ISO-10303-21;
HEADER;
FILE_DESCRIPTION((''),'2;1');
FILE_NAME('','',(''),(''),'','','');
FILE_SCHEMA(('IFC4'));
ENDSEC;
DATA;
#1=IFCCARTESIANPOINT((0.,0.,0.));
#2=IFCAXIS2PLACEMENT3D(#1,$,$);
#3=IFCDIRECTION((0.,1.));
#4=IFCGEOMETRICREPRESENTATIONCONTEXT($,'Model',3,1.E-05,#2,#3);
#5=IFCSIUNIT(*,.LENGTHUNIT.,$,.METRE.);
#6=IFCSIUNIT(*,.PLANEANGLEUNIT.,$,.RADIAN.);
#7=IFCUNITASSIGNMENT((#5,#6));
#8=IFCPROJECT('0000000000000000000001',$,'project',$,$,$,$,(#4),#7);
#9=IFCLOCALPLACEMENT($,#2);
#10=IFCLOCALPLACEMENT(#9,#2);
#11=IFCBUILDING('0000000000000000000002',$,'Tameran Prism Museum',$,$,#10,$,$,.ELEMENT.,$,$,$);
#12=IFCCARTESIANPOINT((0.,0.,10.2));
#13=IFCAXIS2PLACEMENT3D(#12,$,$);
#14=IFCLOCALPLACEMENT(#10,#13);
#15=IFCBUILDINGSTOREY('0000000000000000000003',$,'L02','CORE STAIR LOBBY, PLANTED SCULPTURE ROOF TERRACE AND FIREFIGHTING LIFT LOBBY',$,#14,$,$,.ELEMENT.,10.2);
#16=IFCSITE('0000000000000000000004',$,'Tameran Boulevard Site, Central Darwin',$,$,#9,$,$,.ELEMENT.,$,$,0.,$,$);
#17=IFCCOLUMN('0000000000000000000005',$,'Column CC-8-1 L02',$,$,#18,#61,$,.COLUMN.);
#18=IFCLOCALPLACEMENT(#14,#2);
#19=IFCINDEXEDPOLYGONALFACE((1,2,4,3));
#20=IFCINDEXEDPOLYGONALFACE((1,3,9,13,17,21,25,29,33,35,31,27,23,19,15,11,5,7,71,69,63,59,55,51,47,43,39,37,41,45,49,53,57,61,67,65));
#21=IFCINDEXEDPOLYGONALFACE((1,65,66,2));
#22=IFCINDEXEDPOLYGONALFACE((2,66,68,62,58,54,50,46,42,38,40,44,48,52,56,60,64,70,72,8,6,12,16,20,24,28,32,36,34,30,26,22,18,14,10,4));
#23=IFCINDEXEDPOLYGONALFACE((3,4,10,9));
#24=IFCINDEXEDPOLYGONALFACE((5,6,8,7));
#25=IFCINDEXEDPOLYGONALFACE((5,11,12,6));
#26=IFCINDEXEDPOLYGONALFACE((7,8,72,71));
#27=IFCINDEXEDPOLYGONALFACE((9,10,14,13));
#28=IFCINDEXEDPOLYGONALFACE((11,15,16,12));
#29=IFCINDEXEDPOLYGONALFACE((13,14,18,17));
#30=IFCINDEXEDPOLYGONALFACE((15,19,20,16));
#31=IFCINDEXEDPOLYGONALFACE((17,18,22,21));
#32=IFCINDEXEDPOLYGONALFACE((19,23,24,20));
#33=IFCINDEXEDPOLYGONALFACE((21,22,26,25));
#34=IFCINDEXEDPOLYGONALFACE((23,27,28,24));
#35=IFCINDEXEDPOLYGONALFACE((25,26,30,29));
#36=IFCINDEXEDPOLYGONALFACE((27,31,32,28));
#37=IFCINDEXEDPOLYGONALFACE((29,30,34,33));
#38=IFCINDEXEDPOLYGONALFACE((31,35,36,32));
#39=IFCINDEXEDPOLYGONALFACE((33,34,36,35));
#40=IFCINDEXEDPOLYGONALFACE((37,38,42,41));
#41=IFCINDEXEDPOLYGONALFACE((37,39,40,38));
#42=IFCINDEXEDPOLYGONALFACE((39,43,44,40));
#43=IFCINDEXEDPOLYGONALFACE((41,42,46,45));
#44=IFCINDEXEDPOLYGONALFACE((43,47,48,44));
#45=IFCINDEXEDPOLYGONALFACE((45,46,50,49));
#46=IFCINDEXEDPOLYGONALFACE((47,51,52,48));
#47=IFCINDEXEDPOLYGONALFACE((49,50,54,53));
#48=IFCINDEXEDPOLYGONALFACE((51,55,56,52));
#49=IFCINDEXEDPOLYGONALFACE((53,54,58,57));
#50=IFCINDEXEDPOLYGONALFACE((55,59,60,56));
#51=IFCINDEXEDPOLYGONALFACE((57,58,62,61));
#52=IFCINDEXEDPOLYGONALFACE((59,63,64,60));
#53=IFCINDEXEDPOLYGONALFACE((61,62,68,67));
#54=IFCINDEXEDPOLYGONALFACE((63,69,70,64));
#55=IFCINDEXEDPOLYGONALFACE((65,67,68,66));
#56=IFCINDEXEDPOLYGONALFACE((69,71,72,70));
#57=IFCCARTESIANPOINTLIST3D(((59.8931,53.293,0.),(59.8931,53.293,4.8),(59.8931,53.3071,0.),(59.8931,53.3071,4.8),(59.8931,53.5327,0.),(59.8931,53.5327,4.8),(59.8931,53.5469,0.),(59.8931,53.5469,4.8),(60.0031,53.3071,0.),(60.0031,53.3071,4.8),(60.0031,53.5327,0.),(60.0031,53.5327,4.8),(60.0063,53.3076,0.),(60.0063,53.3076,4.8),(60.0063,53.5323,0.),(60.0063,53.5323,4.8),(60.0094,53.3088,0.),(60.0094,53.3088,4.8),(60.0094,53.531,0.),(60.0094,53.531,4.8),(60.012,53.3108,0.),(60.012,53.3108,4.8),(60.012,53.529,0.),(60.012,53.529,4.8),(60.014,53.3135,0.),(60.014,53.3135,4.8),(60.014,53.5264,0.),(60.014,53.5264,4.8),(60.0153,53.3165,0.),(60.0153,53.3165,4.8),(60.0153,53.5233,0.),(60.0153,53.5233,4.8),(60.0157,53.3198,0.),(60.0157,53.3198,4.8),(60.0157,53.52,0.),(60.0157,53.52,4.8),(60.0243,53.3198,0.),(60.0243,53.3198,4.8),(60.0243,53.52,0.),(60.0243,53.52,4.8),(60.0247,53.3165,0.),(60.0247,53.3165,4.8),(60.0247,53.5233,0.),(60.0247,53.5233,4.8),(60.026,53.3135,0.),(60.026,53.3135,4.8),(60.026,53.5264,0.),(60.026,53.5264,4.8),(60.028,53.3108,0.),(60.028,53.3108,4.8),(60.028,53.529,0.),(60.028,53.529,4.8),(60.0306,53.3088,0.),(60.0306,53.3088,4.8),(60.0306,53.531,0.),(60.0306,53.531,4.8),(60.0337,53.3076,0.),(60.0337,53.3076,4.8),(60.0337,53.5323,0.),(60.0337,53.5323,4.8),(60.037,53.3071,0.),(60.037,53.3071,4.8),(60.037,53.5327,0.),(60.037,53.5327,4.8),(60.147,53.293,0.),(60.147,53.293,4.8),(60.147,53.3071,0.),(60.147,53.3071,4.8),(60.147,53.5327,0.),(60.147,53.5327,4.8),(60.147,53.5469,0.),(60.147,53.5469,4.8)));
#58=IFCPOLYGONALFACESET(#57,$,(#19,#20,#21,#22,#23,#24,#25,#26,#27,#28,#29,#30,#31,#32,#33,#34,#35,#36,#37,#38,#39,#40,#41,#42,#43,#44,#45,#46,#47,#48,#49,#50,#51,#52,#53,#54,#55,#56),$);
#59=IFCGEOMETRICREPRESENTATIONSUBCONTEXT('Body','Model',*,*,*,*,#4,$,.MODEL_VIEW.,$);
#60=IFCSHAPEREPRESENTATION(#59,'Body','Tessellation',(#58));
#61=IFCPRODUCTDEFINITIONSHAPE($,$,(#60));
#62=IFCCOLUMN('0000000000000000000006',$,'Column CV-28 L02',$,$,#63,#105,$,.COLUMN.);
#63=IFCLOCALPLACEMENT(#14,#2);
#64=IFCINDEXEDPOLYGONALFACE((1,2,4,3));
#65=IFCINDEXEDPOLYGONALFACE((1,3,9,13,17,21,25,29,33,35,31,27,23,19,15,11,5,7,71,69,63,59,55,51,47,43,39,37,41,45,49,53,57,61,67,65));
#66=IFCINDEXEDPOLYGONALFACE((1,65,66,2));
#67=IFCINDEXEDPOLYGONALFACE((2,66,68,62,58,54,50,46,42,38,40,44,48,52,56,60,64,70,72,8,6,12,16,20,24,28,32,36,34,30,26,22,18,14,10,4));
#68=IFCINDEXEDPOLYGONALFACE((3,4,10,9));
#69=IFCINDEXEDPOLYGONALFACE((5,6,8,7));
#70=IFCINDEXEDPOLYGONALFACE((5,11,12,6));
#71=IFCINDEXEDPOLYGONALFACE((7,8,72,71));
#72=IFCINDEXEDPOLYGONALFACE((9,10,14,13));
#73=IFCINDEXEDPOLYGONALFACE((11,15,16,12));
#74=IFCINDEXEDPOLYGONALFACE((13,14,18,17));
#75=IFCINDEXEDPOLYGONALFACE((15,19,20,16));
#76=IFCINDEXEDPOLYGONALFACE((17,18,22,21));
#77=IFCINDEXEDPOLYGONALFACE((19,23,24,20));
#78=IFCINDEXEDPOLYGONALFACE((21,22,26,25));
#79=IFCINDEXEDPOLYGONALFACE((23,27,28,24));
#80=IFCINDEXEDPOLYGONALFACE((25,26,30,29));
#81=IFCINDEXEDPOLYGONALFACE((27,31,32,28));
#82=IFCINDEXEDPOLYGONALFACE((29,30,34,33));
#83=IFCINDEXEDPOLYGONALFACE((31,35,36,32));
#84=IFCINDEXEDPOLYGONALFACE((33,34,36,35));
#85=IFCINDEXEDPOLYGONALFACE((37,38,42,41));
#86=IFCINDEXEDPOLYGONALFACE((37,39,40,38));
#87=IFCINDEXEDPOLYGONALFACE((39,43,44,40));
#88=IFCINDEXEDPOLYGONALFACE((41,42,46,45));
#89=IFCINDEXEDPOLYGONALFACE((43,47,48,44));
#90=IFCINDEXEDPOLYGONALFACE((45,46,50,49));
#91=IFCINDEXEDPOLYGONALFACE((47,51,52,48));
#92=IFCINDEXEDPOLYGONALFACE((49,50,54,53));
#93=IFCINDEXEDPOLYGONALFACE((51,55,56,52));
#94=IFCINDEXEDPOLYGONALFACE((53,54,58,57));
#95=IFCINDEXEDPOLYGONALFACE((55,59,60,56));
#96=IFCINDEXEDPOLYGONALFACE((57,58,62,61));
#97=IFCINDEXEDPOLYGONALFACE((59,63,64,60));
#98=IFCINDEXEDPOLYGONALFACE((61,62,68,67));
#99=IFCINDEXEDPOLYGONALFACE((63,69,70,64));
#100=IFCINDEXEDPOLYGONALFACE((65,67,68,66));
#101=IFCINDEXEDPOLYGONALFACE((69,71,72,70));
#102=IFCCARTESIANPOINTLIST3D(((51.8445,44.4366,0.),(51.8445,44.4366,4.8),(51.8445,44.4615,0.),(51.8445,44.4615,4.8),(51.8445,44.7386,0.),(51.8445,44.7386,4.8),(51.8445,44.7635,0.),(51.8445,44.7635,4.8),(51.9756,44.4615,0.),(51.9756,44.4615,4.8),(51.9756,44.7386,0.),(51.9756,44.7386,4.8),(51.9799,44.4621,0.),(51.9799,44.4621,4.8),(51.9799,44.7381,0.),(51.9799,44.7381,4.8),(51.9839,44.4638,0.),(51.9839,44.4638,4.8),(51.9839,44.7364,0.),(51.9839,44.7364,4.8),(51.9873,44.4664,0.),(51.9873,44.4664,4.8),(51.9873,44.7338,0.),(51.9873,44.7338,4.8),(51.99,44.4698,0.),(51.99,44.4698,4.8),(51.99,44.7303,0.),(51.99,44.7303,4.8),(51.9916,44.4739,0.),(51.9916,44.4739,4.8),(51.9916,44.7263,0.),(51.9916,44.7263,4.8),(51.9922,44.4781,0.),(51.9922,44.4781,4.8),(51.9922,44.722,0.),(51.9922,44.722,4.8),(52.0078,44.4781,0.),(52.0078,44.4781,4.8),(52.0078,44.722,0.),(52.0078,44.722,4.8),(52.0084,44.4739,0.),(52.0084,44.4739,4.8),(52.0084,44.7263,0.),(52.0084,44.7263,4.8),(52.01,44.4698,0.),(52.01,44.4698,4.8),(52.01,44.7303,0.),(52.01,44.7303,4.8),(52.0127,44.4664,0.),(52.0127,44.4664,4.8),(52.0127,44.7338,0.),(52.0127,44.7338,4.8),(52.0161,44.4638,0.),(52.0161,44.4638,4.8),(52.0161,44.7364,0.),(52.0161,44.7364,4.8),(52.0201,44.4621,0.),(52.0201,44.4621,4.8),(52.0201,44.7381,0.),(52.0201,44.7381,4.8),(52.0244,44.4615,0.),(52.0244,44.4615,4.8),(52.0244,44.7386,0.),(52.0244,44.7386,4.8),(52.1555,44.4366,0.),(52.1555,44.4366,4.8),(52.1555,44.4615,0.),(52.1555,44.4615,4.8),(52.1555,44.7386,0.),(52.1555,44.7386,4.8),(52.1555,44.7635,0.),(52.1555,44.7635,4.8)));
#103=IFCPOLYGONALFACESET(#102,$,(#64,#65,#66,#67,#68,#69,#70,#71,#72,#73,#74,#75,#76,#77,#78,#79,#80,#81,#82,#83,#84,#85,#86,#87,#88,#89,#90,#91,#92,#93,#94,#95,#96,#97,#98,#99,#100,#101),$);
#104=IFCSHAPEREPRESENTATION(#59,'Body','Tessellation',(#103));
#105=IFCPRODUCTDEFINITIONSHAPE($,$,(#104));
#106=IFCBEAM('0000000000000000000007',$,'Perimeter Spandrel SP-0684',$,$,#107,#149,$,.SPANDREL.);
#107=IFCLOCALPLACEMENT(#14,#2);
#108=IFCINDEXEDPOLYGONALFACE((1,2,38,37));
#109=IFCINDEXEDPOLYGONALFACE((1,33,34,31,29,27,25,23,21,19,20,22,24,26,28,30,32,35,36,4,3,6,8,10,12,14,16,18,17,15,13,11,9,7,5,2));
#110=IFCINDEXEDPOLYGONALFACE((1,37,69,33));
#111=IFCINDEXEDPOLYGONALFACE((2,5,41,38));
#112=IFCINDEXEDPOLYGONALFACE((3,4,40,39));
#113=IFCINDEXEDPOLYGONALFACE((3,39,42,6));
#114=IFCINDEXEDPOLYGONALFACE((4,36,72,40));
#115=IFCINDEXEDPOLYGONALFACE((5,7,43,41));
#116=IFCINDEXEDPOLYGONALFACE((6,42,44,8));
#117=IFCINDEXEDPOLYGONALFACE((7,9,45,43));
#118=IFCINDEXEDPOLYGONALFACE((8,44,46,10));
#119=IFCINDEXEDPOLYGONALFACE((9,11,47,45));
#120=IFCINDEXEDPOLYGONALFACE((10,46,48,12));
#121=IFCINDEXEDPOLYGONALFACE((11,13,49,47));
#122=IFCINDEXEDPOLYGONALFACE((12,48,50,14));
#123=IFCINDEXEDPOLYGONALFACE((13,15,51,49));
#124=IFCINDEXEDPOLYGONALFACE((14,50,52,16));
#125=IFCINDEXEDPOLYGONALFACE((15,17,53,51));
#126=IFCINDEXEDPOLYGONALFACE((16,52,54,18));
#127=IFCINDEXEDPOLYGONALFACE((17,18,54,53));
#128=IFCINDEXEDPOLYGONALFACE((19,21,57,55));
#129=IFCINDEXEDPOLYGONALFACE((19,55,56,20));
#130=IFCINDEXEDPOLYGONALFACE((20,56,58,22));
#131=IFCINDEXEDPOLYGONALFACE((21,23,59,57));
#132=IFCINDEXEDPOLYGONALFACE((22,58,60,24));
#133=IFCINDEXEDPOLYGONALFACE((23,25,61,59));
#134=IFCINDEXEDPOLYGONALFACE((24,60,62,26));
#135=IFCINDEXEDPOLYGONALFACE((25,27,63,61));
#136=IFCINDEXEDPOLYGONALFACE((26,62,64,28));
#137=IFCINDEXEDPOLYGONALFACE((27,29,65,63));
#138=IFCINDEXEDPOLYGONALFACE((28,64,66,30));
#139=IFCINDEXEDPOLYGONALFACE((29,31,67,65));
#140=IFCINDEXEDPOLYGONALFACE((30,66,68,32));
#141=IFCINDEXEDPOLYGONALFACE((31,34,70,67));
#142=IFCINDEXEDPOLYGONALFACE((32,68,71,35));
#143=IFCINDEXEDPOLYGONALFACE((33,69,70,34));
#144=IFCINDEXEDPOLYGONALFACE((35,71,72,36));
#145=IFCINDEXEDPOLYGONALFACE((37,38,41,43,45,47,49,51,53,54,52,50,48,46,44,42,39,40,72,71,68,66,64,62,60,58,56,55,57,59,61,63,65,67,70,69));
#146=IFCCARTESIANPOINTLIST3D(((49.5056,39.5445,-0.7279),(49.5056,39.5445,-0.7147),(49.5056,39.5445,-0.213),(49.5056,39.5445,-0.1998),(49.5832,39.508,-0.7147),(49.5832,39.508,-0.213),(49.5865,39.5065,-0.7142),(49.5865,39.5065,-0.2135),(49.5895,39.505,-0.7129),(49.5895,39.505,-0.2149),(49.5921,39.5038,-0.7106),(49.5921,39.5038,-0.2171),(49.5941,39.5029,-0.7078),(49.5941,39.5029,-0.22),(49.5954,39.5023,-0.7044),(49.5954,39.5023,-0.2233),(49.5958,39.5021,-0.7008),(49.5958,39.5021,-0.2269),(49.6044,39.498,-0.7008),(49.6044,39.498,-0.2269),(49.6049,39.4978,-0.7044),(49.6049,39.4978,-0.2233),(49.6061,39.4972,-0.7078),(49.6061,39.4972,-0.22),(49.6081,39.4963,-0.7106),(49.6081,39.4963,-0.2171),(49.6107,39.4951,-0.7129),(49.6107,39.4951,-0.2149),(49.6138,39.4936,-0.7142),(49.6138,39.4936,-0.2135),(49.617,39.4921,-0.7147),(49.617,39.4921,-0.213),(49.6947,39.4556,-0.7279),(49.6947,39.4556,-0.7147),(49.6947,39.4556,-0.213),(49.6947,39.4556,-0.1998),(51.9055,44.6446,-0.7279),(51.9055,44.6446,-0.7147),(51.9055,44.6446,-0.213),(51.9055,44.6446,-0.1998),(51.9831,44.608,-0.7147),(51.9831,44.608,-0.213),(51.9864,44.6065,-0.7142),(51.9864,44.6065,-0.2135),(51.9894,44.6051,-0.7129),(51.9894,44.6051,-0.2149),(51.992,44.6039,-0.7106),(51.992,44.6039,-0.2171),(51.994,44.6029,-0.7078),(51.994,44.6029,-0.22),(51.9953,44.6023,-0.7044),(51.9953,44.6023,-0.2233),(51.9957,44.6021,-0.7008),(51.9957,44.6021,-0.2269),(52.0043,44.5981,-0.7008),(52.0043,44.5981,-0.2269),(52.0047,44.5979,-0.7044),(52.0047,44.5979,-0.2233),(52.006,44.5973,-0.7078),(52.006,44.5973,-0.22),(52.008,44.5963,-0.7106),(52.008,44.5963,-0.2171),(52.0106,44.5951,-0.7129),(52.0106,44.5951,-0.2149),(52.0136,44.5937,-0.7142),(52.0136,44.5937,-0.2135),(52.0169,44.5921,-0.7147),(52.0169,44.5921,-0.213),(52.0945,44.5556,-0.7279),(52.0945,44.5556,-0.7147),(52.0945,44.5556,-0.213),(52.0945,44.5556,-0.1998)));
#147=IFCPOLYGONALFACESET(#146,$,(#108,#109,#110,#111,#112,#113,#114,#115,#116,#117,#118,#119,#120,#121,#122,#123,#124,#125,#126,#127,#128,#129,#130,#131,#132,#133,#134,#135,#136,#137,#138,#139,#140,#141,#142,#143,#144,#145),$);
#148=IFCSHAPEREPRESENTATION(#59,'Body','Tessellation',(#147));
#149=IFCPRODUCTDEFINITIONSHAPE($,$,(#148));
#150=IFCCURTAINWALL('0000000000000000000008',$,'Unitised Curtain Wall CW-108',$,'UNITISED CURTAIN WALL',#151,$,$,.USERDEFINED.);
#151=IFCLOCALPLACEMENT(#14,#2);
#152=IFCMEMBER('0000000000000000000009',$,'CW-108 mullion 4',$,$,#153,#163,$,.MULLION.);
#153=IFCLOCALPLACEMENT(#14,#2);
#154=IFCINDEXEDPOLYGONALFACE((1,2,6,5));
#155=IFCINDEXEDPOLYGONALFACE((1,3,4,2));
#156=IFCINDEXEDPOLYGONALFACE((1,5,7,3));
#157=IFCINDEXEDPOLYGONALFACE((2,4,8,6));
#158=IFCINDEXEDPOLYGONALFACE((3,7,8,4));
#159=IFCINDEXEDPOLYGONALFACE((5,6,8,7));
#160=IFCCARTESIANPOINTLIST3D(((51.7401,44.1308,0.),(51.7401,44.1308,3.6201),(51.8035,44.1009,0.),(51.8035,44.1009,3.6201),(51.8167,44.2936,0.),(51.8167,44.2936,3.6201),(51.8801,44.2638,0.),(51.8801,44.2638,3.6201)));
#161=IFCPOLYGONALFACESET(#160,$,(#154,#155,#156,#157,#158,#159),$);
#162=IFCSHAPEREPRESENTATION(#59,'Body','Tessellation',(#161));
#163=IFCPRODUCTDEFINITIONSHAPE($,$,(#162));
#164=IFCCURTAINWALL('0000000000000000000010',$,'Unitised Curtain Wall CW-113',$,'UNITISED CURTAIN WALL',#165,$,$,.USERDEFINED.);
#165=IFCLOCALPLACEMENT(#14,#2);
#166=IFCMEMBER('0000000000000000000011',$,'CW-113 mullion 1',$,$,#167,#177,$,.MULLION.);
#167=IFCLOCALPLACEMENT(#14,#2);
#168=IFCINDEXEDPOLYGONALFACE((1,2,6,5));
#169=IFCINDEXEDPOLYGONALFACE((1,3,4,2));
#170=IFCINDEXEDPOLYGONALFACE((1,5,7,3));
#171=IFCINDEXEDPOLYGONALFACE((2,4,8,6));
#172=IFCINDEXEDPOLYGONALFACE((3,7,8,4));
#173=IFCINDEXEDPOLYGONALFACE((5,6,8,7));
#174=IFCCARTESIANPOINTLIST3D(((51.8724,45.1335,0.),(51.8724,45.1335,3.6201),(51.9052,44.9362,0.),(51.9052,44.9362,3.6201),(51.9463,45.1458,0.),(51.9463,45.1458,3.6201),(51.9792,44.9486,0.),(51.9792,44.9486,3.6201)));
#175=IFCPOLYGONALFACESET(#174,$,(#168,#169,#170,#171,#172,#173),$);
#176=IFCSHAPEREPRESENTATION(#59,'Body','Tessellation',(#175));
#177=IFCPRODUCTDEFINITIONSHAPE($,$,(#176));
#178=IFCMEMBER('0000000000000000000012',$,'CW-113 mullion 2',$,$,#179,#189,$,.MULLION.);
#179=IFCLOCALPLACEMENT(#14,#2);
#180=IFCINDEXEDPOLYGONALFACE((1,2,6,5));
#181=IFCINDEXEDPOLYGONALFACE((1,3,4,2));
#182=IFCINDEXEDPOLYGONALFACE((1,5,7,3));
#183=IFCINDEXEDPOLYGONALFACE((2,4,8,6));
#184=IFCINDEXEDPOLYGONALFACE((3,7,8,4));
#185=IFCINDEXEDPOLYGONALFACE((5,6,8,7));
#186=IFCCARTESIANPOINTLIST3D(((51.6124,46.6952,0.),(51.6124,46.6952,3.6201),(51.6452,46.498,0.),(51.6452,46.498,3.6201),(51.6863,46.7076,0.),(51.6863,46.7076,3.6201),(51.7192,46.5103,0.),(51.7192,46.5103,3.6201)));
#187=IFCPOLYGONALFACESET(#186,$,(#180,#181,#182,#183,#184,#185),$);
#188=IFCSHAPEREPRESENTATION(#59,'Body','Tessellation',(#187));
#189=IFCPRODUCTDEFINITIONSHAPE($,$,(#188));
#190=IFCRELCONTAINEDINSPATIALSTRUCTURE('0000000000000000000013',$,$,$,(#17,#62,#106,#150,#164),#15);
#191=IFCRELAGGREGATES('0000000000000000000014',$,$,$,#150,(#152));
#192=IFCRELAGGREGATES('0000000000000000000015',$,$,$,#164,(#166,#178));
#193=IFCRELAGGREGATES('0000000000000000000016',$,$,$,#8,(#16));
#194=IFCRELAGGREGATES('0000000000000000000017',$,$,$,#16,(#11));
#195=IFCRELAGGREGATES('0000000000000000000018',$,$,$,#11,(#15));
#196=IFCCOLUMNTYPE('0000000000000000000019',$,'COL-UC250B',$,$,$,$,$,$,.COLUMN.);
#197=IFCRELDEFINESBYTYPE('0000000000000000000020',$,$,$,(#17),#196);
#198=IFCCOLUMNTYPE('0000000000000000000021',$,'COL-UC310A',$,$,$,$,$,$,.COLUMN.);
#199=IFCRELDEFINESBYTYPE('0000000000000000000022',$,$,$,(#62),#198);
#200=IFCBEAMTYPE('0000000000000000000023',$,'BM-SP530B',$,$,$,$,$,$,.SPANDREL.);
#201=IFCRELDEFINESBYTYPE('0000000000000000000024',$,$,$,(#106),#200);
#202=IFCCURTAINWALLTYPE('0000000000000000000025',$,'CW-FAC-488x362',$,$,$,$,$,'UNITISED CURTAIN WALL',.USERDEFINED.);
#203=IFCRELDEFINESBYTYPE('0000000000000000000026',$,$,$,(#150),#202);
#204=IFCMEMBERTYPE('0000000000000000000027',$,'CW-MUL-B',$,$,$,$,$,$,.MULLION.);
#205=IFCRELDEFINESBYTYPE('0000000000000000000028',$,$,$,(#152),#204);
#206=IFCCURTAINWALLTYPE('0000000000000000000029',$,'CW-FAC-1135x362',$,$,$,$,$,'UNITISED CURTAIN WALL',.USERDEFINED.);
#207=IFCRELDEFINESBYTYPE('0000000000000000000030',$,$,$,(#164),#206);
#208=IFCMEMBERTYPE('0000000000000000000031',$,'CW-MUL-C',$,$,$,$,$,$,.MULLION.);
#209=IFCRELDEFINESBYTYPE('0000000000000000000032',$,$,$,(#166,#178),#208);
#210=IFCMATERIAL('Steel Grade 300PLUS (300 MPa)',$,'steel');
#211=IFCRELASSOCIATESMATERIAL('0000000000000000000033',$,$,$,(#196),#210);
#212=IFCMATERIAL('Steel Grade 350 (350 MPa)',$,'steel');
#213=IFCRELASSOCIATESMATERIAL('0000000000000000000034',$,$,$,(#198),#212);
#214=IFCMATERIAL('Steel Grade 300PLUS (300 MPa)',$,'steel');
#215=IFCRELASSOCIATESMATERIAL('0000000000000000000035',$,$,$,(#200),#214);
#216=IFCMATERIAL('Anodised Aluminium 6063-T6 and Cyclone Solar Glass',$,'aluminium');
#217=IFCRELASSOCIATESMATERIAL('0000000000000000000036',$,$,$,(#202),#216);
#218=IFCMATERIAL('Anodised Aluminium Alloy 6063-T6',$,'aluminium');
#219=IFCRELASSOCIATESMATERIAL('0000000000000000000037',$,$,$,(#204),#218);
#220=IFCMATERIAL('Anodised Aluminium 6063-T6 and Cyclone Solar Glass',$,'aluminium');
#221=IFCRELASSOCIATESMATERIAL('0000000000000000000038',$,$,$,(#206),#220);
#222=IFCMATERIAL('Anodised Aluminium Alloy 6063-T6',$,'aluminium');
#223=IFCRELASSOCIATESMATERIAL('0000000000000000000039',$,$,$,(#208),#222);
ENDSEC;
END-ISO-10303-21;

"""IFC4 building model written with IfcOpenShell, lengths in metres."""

from ifc_helpers import new_model, si_unit, direction, frame, origin, origin_2d, place, context, subcontext, project, spatial, rectangle, i_section, extrude, material, material_profile, profile_set, type_object, element, aggregate, save


model = new_model("IFC4")

# Units and contexts
model_context = context("Model", 3, precision=1e-05, world=origin(), true_north=direction((0.0, 1.0)))
body_context = subcontext(model_context, "Body", "Model", "MODEL_VIEW")
ifc_project = project(units=[si_unit("LENGTHUNIT", "METRE"), si_unit("PLANEANGLEUNIT", "RADIAN")], contexts=[model_context])

# Site, building, storey
site_placement = place(None, origin())
site = spatial("IfcSite", under=ifc_project, at=site_placement, Name="Tameran Boulevard Site, Central Darwin", CompositionType="ELEMENT", RefElevation=0.0)
building_placement = place(site_placement, origin())
building = spatial("IfcBuilding", under=site, at=building_placement, Name="Tameran Prism Museum", CompositionType="ELEMENT")
storey_placement = place(building_placement, frame((0.0, 0.0, 10.2)))
storey = spatial("IfcBuildingStorey", under=building, at=storey_placement, Name="L02", Description="CORE STAIR LOBBY, PLANTED SCULPTURE ROOF TERRACE AND FIREFIGHTING LIFT LOBBY", CompositionType="ELEMENT", Elevation=10.2)

# Columns
ifc_material_1 = material(Name="Steel Grade 300PLUS (300 MPa)", Category="steel")
ifc_material_profile_1 = material_profile(ifc_material_1, i_section(OverallWidth=0.2539, OverallDepth=0.2539, WebThickness=0.0085, FlangeThickness=0.0142, FilletRadius=0.0127, at=origin_2d()))
ifc_profile_set_1 = profile_set([ifc_material_profile_1])
column_type_1 = type_object("IfcColumnType", Name="COL-UC250B", PredefinedType="COLUMN", material=ifc_profile_set_1)
column_1_placement = place(storey_placement, frame((60.02, 53.4199, 0.0), z_axis=(0.0, 0.0, 1.0), x_axis=(1.0, 0.0, 0.0)))
element("IfcColumn", 1, at=column_1_placement, inside=storey, type_object=column_type_1, Name="Column CC-8-1 L02", PredefinedType="COLUMN", context=body_context, shape_type="SweptSolid", body=[
    extrude(i_section(OverallWidth=0.2539, OverallDepth=0.2539, WebThickness=0.0085, FlangeThickness=0.0142, FilletRadius=0.0127, at=origin_2d()), origin(), (0.0, 0.0, 1.0), 4.8),
])
ifc_material_2 = material(Name="Steel Grade 350 (350 MPa)", Category="steel")
ifc_material_profile_2 = material_profile(ifc_material_2, i_section(OverallWidth=0.311, OverallDepth=0.3269, WebThickness=0.0156, FlangeThickness=0.0249, FilletRadius=0.0166, at=origin_2d()))
ifc_profile_set_2 = profile_set([ifc_material_profile_2])
column_type_2 = type_object("IfcColumnType", Name="COL-UC310A", PredefinedType="COLUMN", material=ifc_profile_set_2)
column_2_placement = place(storey_placement, frame((52.0, 44.6001, 0.0), z_axis=(0.0, 0.0, 1.0), x_axis=(1.0, 0.0, 0.0)))
element("IfcColumn", 2, at=column_2_placement, inside=storey, type_object=column_type_2, Name="Column CV-28 L02", PredefinedType="COLUMN", context=body_context, shape_type="SweptSolid", body=[
    extrude(i_section(OverallWidth=0.311, OverallDepth=0.3269, WebThickness=0.0156, FlangeThickness=0.0249, FilletRadius=0.0166, at=origin_2d()), origin(), (0.0, 0.0, 1.0), 4.8),
])

# Beam
ifc_material_3 = material(Name="Steel Grade 300PLUS (300 MPa)", Category="steel")
ifc_material_profile_3 = material_profile(ifc_material_3, i_section(OverallWidth=0.209, OverallDepth=0.5281, WebThickness=0.0095, FlangeThickness=0.0132, FilletRadius=0.0139, at=origin_2d()))
ifc_profile_set_3 = profile_set([ifc_material_profile_3])
beam_type = type_object("IfcBeamType", Name="BM-SP530B", PredefinedType="SPANDREL", material=ifc_profile_set_3)
beam_placement = place(storey_placement, frame((52.0, 44.6001, -0.4639), z_axis=(-0.425776, -0.904829, 0.0), x_axis=(0.904829, -0.425776, 0.0)))
element("IfcBeam", 3, at=beam_placement, inside=storey, type_object=beam_type, Name="Perimeter Spandrel SP-0684", PredefinedType="SPANDREL", context=body_context, shape_type="SweptSolid", body=[
    extrude(i_section(OverallWidth=0.209, OverallDepth=0.5281, WebThickness=0.0095, FlangeThickness=0.0132, FilletRadius=0.0139, at=origin_2d()), origin(), (0.0, 0.0, 1.0), 5.6365),
])

# Curtain wall, member
ifc_material_4 = material(Name="Anodised Aluminium 6063-T6 and Cyclone Solar Glass", Category="aluminium")
curtain_wall_type_1 = type_object("IfcCurtainWallType", Name="CW-FAC-488x362", ElementType="UNITISED CURTAIN WALL", PredefinedType="USERDEFINED", material=ifc_material_4)
curtain_wall_1_placement = place(storey_placement, origin())
curtain_wall_1 = element("IfcCurtainWall", 4, at=curtain_wall_1_placement, inside=storey, type_object=curtain_wall_type_1, Name="Unitised Curtain Wall CW-108", ObjectType="UNITISED CURTAIN WALL", PredefinedType="USERDEFINED")
ifc_material_5 = material(Name="Anodised Aluminium Alloy 6063-T6", Category="aluminium")
ifc_material_profile_4 = material_profile(ifc_material_5, rectangle(XDim=0.0701, YDim=0.1799, at=origin_2d()))
ifc_profile_set_4 = profile_set([ifc_material_profile_4])
member_type_1 = type_object("IfcMemberType", Name="CW-MUL-B", PredefinedType="MULLION", material=ifc_profile_set_4)
member_1_placement = place(storey_placement, frame((51.8101, 44.1973, 0.0), z_axis=(0.0, 0.0, 1.0), x_axis=(-0.904837, 0.425758, 0.0)))
member_1 = element("IfcMember", 5, at=member_1_placement, type_object=member_type_1, Name="CW-108 mullion 4", PredefinedType="MULLION", context=body_context, shape_type="SweptSolid", body=[
    extrude(rectangle(XDim=0.0701, YDim=0.1799, at=origin_2d()), origin(), (0.0, 0.0, 1.0), 3.6201),
])

# Curtain wall, members
ifc_material_6 = material(Name="Anodised Aluminium 6063-T6 and Cyclone Solar Glass", Category="aluminium")
curtain_wall_type_2 = type_object("IfcCurtainWallType", Name="CW-FAC-1135x362", ElementType="UNITISED CURTAIN WALL", PredefinedType="USERDEFINED", material=ifc_material_6)
curtain_wall_2_placement = place(storey_placement, origin())
curtain_wall_2 = element("IfcCurtainWall", 6, at=curtain_wall_2_placement, inside=storey, type_object=curtain_wall_type_2, Name="Unitised Curtain Wall CW-113", ObjectType="UNITISED CURTAIN WALL", PredefinedType="USERDEFINED")
ifc_material_7 = material(Name="Anodised Aluminium Alloy 6063-T6", Category="aluminium")
ifc_material_profile_5 = material_profile(ifc_material_7, rectangle(XDim=0.075, YDim=0.2, at=origin_2d()))
ifc_profile_set_5 = profile_set([ifc_material_profile_5])
member_type_2 = type_object("IfcMemberType", Name="CW-MUL-C", PredefinedType="MULLION", material=ifc_profile_set_5)
member_2_placement = place(storey_placement, frame((51.9258, 45.041, 0.0), z_axis=(0.0, 0.0, 1.0), x_axis=(-0.986413, -0.164285, 0.0)))
member_2 = element("IfcMember", 7, at=member_2_placement, type_object=member_type_2, Name="CW-113 mullion 1", PredefinedType="MULLION", context=body_context, shape_type="SweptSolid", body=[
    extrude(rectangle(XDim=0.075, YDim=0.2, at=origin_2d()), origin(), (0.0, 0.0, 1.0), 3.6201),
])
member_3_placement = place(storey_placement, frame((51.6658, 46.6028, 0.0), z_axis=(0.0, 0.0, 1.0), x_axis=(-0.986413, -0.164285, 0.0)))
member_3 = element("IfcMember", 8, at=member_3_placement, type_object=member_type_2, Name="CW-113 mullion 2", PredefinedType="MULLION", context=body_context, shape_type="SweptSolid", body=[
    extrude(rectangle(XDim=0.075, YDim=0.2, at=origin_2d()), origin(), (0.0, 0.0, 1.0), 3.6201),
])

aggregate(curtain_wall_1, [member_1])
aggregate(curtain_wall_2, [member_2, member_3])

save(model, "model.ifc")
